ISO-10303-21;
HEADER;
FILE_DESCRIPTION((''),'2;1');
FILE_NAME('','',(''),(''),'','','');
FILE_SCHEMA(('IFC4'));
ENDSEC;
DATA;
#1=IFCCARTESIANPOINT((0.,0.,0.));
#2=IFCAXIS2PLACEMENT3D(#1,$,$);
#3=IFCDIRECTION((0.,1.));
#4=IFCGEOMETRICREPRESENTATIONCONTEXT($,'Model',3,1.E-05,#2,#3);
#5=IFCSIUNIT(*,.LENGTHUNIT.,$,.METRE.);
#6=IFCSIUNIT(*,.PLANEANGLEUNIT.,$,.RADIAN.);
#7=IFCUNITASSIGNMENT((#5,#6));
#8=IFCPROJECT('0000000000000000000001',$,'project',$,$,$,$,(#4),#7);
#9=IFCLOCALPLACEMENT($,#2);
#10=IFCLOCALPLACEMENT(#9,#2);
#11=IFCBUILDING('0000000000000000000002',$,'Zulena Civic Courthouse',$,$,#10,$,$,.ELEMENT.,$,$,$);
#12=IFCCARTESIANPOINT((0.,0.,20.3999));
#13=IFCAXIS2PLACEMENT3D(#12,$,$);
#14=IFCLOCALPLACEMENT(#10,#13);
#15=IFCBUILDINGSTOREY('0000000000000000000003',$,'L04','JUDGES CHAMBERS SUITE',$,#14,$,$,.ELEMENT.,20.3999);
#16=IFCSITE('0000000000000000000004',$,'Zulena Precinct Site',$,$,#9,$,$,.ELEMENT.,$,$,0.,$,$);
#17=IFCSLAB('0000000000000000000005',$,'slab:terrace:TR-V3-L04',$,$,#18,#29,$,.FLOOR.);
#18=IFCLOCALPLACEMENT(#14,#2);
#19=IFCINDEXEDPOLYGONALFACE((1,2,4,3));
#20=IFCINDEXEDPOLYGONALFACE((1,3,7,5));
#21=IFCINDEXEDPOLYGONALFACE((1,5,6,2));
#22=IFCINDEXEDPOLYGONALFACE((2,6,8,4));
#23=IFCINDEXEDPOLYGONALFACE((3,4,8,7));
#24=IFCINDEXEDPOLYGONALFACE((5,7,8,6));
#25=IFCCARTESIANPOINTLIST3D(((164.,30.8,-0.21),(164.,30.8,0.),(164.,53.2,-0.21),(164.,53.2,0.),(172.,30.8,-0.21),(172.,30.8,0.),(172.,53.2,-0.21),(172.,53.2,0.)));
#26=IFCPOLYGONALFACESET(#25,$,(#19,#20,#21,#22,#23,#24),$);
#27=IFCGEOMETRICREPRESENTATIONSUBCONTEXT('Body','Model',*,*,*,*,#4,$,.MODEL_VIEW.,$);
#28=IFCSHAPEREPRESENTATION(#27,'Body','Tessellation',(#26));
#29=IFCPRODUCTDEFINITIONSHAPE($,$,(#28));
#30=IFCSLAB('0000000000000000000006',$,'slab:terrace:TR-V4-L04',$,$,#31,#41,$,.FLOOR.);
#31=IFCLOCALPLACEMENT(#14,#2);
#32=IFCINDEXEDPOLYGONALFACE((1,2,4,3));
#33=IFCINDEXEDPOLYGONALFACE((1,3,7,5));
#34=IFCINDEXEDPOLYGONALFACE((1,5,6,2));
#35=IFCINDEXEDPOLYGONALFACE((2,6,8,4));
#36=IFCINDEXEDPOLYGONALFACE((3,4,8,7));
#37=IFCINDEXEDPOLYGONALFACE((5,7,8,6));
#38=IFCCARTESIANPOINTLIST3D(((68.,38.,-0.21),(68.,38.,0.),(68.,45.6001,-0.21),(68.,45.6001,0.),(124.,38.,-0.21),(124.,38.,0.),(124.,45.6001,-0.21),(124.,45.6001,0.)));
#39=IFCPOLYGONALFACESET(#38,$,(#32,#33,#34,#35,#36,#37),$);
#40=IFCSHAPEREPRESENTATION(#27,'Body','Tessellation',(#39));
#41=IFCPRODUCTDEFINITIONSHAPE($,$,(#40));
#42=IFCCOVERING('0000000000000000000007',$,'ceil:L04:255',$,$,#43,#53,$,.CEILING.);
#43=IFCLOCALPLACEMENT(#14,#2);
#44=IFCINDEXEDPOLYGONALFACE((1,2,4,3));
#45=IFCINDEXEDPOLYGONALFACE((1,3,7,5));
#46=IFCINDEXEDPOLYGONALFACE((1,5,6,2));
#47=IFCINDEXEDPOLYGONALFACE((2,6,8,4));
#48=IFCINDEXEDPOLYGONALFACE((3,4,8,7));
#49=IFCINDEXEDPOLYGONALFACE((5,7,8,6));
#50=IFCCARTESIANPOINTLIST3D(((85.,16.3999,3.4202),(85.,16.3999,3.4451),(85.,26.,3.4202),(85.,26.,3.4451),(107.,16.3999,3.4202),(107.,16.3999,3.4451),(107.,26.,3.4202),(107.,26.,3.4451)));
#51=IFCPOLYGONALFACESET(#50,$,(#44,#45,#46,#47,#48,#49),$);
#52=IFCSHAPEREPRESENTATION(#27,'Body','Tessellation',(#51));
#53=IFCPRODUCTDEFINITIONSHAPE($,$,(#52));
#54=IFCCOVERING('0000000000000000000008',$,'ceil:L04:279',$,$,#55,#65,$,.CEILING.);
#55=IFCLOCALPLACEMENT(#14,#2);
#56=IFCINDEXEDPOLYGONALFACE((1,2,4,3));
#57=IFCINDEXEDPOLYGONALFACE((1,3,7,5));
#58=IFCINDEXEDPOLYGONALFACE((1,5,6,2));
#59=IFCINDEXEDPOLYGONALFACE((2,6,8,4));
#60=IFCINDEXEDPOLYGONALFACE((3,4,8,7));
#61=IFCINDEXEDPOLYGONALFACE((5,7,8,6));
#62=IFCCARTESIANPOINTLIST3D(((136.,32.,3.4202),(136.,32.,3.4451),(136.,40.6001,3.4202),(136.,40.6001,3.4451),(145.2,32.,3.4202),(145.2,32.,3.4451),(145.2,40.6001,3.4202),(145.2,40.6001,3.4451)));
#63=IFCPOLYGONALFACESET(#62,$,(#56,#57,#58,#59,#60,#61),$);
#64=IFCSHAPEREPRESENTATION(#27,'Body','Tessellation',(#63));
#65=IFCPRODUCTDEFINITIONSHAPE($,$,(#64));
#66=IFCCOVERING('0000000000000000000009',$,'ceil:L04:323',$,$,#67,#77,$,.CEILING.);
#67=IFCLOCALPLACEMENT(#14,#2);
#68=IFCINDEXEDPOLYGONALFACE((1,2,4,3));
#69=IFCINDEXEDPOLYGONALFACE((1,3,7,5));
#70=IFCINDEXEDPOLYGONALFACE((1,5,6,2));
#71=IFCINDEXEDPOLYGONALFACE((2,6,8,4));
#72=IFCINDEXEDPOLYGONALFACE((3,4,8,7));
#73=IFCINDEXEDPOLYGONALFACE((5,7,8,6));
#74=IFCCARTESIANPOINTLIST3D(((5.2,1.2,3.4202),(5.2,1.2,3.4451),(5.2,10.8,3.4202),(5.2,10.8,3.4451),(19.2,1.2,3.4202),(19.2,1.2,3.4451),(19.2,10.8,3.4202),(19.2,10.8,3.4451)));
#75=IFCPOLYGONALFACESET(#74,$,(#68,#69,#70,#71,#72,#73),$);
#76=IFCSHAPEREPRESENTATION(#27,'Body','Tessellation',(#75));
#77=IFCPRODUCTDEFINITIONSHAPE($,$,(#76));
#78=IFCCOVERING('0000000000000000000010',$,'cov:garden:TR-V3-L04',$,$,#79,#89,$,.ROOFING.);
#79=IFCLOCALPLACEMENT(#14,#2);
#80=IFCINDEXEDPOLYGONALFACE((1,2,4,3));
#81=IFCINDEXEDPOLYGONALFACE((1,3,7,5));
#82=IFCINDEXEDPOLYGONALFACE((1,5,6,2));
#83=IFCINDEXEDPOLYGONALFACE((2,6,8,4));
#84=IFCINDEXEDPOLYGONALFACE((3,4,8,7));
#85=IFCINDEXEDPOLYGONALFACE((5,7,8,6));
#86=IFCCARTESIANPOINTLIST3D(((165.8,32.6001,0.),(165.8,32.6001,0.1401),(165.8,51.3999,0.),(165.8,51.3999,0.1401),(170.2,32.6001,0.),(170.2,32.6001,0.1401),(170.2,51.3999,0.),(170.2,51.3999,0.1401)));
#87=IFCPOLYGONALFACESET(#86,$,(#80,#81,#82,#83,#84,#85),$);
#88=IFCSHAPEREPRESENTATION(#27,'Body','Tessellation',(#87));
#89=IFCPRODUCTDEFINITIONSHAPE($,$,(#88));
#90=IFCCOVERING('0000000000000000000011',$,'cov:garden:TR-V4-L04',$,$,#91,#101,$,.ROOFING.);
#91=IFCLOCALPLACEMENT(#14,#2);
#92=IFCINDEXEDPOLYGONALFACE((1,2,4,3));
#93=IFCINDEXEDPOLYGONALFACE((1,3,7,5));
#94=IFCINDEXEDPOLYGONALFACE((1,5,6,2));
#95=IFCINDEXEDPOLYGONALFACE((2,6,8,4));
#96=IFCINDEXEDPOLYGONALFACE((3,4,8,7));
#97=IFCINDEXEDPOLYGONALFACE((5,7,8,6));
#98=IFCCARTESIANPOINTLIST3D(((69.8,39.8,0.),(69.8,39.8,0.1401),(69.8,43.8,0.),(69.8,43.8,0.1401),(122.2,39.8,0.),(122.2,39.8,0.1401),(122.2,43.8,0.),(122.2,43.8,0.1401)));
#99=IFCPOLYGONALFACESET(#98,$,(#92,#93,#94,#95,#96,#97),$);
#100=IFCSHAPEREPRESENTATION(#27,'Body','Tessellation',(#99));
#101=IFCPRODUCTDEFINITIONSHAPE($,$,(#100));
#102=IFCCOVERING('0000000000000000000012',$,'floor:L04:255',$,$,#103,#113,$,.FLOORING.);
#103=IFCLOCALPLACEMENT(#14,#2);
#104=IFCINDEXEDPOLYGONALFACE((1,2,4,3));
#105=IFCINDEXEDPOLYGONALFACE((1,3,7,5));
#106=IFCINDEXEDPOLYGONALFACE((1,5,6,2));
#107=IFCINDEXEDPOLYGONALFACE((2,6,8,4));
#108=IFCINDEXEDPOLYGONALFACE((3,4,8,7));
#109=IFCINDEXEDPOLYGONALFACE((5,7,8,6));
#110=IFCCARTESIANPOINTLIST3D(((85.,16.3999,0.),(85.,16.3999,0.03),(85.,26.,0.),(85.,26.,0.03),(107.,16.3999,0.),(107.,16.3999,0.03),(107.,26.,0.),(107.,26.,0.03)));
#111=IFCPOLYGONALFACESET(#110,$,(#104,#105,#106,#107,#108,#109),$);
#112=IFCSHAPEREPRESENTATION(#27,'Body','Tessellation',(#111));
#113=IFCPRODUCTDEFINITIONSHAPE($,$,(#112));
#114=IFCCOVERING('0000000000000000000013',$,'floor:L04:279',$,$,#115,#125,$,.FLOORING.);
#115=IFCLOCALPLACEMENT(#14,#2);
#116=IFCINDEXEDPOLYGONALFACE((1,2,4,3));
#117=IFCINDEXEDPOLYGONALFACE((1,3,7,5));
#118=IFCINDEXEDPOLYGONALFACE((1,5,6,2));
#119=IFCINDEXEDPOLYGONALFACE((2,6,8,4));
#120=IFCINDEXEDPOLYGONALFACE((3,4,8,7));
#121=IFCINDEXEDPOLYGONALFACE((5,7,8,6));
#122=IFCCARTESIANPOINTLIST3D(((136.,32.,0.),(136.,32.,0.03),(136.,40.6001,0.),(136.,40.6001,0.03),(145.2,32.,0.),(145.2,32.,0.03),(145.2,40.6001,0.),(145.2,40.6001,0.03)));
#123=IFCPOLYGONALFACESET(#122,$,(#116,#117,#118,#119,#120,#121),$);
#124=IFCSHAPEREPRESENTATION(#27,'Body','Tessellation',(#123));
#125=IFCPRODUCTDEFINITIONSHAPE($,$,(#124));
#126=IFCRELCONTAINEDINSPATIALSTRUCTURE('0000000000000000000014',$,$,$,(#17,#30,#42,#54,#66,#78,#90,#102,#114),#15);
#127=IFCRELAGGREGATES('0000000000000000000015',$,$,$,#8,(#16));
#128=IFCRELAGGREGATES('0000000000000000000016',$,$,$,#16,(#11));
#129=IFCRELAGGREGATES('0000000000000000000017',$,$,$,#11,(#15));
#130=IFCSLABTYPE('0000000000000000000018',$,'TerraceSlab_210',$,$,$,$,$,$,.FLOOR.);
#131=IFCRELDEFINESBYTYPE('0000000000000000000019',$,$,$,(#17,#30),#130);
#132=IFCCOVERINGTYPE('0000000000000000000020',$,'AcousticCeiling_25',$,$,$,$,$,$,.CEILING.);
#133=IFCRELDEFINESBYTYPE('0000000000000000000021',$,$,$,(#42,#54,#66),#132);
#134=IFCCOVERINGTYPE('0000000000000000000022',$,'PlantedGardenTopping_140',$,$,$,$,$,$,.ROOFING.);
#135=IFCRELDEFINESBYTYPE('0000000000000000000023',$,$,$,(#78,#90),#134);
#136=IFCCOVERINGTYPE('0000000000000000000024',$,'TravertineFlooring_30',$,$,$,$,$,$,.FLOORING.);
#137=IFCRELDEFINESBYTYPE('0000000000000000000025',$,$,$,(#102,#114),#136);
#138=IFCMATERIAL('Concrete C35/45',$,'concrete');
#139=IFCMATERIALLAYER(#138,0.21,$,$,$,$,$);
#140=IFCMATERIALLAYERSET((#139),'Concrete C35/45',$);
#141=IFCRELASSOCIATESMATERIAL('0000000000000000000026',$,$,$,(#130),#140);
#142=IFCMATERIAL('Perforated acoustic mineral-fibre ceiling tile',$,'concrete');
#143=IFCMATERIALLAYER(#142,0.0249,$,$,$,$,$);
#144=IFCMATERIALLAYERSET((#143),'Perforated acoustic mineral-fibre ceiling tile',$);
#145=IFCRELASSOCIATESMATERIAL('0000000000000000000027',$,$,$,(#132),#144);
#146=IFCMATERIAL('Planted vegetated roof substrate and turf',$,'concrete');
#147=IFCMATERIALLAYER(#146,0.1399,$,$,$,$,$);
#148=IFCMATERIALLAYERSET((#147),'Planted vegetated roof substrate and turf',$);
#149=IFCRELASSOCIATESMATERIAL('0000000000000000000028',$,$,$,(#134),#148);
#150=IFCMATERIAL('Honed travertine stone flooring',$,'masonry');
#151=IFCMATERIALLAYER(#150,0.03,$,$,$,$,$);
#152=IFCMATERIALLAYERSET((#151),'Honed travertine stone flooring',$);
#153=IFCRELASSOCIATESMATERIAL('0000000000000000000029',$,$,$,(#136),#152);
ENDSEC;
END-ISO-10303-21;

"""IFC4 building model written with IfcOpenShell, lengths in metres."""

from ifc_helpers import new_model, si_unit, direction, frame, origin, place, context, subcontext, project, spatial, polyline, outline, extrude, material, layer, layer_set, type_object, element, save


model = new_model("IFC4")

# Units and contexts
model_context = context("Model", 3, precision=1e-05, world=origin(), true_north=direction((0.0, 1.0)))
body_context = subcontext(model_context, "Body", "Model", "MODEL_VIEW")
ifc_project = project(units=[si_unit("LENGTHUNIT", "METRE"), si_unit("PLANEANGLEUNIT", "RADIAN")], contexts=[model_context])

# Site, building, storey
site_placement = place(None, origin())
site = spatial("IfcSite", under=ifc_project, at=site_placement, Name="Zulena Precinct Site", CompositionType="ELEMENT", RefElevation=0.0)
building_placement = place(site_placement, origin())
building = spatial("IfcBuilding", under=site, at=building_placement, Name="Zulena Civic Courthouse", CompositionType="ELEMENT")
storey_placement = place(building_placement, frame((0.0, 0.0, 20.3999)))
storey = spatial("IfcBuildingStorey", under=building, at=storey_placement, Name="L04", Description="JUDGES CHAMBERS SUITE", CompositionType="ELEMENT", Elevation=20.3999)

# Shared definitions
ifc_material_1 = material(Name="Concrete C35/45", Category="concrete")

# Slabs
ifc_layer_1 = layer(ifc_material_1, 0.21)
ifc_layer_set_1 = layer_set([ifc_layer_1], Name="Concrete C35/45")
slab_type_1 = type_object("IfcSlabType", Name="TerraceSlab_210", PredefinedType="FLOOR", material=ifc_layer_set_1)
slab_1_placement = place(storey_placement, frame((0.0, 0.0, -0.21)))
element("IfcSlab", 1, at=slab_1_placement, inside=storey, type_object=slab_type_1, Name="slab:terrace:TR-V3-L04", PredefinedType="FLOOR", context=body_context, shape_type="SweptSolid", body=[
    extrude(outline(polyline([(164.0, 30.8), (172.0, 30.8), (172.0, 53.2), (164.0, 53.2), (164.0, 30.8)])), origin(), (0.0, 0.0, 1.0), 0.21),
])
slab_2_placement = place(storey_placement, frame((0.0, 0.0, -0.21)))
element("IfcSlab", 2, at=slab_2_placement, inside=storey, type_object=slab_type_1, Name="slab:terrace:TR-V4-L04", PredefinedType="FLOOR", context=body_context, shape_type="SweptSolid", body=[
    extrude(outline(polyline([(68.0, 38.0), (124.0, 38.0), (124.0, 45.6001), (68.0, 45.6001), (68.0, 38.0)])), origin(), (0.0, 0.0, 1.0), 0.21),
])

# Coverings
ifc_material_2 = material(Name="Perforated acoustic mineral-fibre ceiling tile", Category="concrete")
ifc_layer_2 = layer(ifc_material_2, 0.0249)
ifc_layer_set_2 = layer_set([ifc_layer_2], Name="Perforated acoustic mineral-fibre ceiling tile")
covering_type_1 = type_object("IfcCoveringType", Name="AcousticCeiling_25", PredefinedType="CEILING", material=ifc_layer_set_2)
covering_1_placement = place(storey_placement, frame((0.0, 0.0, 3.4202)))
element("IfcCovering", 3, at=covering_1_placement, inside=storey, type_object=covering_type_1, Name="ceil:L04:255", PredefinedType="CEILING", context=body_context, shape_type="SweptSolid", body=[
    extrude(outline(polyline([(85.0, 16.3999), (107.0, 16.3999), (107.0, 26.0), (85.0, 26.0), (85.0, 16.3999)])), origin(), (0.0, 0.0, 1.0), 0.0249),
])
covering_2_placement = place(storey_placement, frame((0.0, 0.0, 3.4202)))
element("IfcCovering", 4, at=covering_2_placement, inside=storey, type_object=covering_type_1, Name="ceil:L04:279", PredefinedType="CEILING", context=body_context, shape_type="SweptSolid", body=[
    extrude(outline(polyline([(136.0, 32.0), (145.2, 32.0), (145.2, 40.6001), (136.0, 40.6001), (136.0, 32.0)])), origin(), (0.0, 0.0, 1.0), 0.0249),
])
covering_3_placement = place(storey_placement, frame((0.0, 0.0, 3.4202)))
element("IfcCovering", 5, at=covering_3_placement, inside=storey, type_object=covering_type_1, Name="ceil:L04:323", PredefinedType="CEILING", context=body_context, shape_type="SweptSolid", body=[
    extrude(outline(polyline([(5.2, 1.2), (19.2, 1.2), (19.2, 10.8), (5.2, 10.8), (5.2, 1.2)])), origin(), (0.0, 0.0, 1.0), 0.0249),
])
ifc_material_3 = material(Name="Planted vegetated roof substrate and turf", Category="concrete")
ifc_layer_3 = layer(ifc_material_3, 0.1399)
ifc_layer_set_3 = layer_set([ifc_layer_3], Name="Planted vegetated roof substrate and turf")
covering_type_2 = type_object("IfcCoveringType", Name="PlantedGardenTopping_140", PredefinedType="ROOFING", material=ifc_layer_set_3)
covering_4_placement = place(storey_placement, origin())
element("IfcCovering", 6, at=covering_4_placement, inside=storey, type_object=covering_type_2, Name="cov:garden:TR-V3-L04", PredefinedType="ROOFING", context=body_context, shape_type="SweptSolid", body=[
    extrude(outline(polyline([(165.8, 32.6001), (170.2, 32.6001), (170.2, 51.3999), (165.8, 51.3999), (165.8, 32.6001)])), origin(), (0.0, 0.0, 1.0), 0.1401),
])
covering_5_placement = place(storey_placement, origin())
element("IfcCovering", 7, at=covering_5_placement, inside=storey, type_object=covering_type_2, Name="cov:garden:TR-V4-L04", PredefinedType="ROOFING", context=body_context, shape_type="SweptSolid", body=[
    extrude(outline(polyline([(69.8, 39.8), (122.2, 39.8), (122.2, 43.8), (69.8, 43.8), (69.8, 39.8)])), origin(), (0.0, 0.0, 1.0), 0.1401),
])
ifc_material_4 = material(Name="Honed travertine stone flooring", Category="masonry")
ifc_layer_4 = layer(ifc_material_4, 0.03)
ifc_layer_set_4 = layer_set([ifc_layer_4], Name="Honed travertine stone flooring")
covering_type_3 = type_object("IfcCoveringType", Name="TravertineFlooring_30", PredefinedType="FLOORING", material=ifc_layer_set_4)
covering_6_placement = place(storey_placement, origin())
element("IfcCovering", 8, at=covering_6_placement, inside=storey, type_object=covering_type_3, Name="floor:L04:255", PredefinedType="FLOORING", context=body_context, shape_type="SweptSolid", body=[
    extrude(outline(polyline([(85.0, 16.3999), (107.0, 16.3999), (107.0, 26.0), (85.0, 26.0), (85.0, 16.3999)])), origin(), (0.0, 0.0, 1.0), 0.03),
])
covering_7_placement = place(storey_placement, origin())
element("IfcCovering", 9, at=covering_7_placement, inside=storey, type_object=covering_type_3, Name="floor:L04:279", PredefinedType="FLOORING", context=body_context, shape_type="SweptSolid", body=[
    extrude(outline(polyline([(136.0, 32.0), (145.2, 32.0), (145.2, 40.6001), (136.0, 40.6001), (136.0, 32.0)])), origin(), (0.0, 0.0, 1.0), 0.03),
])

save(model, "model.ifc")
